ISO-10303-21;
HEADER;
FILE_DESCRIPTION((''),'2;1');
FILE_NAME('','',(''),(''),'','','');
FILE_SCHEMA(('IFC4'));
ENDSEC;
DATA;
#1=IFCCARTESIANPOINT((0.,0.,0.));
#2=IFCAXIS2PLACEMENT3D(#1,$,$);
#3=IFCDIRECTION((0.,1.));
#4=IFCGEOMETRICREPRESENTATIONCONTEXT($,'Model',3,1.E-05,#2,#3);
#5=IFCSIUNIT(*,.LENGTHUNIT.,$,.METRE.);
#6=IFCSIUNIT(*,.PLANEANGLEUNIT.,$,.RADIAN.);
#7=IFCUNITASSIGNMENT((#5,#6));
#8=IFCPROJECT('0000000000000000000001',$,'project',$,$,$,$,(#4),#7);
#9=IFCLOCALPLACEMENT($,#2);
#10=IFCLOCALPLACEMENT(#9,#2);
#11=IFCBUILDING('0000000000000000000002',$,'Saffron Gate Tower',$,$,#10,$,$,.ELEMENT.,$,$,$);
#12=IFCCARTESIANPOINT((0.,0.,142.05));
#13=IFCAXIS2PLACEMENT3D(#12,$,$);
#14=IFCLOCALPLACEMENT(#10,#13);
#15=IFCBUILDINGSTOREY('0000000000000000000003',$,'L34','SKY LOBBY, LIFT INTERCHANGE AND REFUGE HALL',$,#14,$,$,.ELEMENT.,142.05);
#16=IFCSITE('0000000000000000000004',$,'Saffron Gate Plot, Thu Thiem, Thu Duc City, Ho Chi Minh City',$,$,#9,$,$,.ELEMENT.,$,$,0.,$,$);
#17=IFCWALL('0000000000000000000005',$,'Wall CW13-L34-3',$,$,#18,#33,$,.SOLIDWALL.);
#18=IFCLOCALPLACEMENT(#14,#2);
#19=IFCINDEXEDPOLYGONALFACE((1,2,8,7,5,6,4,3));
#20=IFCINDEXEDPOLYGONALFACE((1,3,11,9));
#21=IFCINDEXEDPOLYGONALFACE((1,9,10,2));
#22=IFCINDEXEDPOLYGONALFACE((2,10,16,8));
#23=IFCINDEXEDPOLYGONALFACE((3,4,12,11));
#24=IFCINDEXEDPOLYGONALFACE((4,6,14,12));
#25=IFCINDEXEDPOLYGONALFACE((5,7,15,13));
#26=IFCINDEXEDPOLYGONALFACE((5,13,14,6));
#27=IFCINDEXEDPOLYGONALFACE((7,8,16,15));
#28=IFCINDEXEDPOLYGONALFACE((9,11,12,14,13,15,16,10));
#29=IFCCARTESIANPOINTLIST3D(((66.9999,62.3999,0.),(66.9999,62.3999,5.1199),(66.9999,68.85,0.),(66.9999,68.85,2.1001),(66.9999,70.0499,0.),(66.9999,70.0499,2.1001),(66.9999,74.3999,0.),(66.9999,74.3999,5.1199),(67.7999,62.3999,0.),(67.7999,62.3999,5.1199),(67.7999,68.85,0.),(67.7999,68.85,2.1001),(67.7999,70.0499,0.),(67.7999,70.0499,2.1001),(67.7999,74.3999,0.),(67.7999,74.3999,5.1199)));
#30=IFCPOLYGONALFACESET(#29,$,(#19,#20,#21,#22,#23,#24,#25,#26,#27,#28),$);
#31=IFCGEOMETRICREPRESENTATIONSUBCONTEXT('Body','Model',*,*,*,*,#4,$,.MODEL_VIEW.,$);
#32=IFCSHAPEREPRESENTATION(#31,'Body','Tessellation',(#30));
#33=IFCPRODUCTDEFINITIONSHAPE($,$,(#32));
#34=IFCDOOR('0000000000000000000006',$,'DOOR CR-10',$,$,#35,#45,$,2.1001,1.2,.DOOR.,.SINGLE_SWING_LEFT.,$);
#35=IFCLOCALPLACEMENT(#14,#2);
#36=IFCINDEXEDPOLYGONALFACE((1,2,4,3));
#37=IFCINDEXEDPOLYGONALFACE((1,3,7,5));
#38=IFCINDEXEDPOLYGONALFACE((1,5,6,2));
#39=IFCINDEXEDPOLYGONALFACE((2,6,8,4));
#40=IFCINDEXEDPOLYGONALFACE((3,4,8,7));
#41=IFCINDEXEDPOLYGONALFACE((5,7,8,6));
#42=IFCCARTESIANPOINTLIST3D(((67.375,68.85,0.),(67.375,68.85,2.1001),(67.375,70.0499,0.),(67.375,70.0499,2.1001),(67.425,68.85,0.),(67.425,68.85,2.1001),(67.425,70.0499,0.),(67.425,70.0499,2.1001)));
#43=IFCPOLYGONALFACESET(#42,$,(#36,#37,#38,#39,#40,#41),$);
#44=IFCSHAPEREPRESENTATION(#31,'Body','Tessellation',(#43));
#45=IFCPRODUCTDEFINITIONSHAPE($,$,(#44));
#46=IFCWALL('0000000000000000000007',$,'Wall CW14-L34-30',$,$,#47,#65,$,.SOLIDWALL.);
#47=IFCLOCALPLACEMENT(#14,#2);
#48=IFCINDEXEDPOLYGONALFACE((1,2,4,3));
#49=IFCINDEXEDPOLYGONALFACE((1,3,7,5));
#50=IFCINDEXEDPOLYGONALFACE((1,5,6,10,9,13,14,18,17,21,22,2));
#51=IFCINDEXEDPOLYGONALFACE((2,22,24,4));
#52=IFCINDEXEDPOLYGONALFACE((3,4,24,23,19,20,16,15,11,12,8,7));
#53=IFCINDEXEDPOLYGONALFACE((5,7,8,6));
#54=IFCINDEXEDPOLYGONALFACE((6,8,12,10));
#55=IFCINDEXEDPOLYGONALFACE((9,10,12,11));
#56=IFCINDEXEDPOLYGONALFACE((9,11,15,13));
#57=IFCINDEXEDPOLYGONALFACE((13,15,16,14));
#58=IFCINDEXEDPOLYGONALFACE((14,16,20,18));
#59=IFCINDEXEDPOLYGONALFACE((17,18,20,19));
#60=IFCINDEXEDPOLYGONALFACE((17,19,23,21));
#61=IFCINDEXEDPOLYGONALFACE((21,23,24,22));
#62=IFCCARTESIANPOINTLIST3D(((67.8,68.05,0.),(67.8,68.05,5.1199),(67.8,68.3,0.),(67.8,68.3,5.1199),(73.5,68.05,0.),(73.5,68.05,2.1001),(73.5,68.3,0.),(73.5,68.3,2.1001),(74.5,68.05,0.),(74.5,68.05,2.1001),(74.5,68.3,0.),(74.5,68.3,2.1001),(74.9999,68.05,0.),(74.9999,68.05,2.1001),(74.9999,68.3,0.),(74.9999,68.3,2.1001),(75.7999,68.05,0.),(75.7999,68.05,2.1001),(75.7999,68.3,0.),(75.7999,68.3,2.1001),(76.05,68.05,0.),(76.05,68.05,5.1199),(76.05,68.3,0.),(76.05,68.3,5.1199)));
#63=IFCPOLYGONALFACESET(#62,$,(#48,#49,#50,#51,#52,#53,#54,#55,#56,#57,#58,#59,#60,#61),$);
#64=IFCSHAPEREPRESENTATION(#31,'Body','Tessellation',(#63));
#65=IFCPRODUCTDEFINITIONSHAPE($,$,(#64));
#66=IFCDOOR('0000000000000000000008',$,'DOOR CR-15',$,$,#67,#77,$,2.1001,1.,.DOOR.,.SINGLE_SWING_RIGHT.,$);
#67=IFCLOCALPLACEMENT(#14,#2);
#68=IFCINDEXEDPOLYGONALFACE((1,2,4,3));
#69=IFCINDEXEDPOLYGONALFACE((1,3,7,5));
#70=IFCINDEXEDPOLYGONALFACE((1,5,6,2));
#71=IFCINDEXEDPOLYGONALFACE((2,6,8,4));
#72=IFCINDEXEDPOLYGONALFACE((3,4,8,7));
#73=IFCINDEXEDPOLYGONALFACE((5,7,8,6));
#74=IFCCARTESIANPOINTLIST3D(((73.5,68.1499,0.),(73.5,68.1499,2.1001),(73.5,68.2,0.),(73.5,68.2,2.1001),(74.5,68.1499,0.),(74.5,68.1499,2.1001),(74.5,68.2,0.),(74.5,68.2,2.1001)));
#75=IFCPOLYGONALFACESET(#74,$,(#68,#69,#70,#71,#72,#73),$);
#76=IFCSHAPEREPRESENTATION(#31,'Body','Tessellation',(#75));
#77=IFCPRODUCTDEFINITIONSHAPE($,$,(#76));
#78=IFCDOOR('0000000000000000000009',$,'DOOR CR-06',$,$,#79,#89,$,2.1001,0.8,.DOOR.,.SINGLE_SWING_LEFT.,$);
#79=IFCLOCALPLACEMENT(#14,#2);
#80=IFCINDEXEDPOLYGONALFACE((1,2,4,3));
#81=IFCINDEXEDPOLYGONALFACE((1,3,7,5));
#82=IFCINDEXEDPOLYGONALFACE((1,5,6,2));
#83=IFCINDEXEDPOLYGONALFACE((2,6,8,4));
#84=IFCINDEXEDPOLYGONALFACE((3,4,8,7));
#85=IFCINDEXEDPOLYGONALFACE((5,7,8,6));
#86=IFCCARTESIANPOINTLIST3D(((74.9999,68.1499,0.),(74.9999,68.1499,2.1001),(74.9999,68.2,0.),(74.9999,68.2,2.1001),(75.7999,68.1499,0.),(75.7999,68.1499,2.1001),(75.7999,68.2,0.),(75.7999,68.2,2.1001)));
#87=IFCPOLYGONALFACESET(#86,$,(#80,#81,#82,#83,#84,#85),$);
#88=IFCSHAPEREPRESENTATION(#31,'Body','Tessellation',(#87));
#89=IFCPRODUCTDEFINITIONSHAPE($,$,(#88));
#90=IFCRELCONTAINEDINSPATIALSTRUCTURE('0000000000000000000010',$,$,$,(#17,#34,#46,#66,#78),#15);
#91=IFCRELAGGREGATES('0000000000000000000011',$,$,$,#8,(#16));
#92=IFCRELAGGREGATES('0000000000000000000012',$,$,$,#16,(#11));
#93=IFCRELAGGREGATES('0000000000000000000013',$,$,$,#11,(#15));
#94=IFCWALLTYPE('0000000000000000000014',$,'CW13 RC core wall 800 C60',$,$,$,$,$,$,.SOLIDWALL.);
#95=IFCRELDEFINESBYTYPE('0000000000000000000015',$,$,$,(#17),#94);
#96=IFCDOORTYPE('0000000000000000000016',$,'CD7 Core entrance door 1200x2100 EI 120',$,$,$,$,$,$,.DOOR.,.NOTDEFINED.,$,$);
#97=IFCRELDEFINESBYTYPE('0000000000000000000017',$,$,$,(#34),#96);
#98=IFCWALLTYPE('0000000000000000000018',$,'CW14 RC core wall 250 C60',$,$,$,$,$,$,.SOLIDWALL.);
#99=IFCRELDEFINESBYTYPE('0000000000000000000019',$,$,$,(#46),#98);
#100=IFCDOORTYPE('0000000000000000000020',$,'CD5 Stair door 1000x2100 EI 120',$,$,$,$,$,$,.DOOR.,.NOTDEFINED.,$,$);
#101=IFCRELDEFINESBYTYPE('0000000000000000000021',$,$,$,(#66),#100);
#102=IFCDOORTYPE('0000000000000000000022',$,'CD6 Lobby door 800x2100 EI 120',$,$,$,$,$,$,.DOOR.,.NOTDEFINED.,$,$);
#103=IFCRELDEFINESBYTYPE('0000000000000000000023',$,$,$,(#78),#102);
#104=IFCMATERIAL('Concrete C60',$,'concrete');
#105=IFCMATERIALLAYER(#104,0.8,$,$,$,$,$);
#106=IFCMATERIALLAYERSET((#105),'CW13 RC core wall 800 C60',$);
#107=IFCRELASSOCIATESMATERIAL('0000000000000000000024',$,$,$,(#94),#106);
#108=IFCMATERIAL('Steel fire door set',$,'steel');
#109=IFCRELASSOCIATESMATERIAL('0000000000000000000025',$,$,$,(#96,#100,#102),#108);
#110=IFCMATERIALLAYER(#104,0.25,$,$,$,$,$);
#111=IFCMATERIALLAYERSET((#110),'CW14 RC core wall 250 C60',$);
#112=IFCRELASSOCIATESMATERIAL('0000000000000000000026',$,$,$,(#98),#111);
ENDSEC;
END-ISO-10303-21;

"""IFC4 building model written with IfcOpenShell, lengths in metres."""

from ifc_helpers import new_model, si_unit, direction, frame, frame_2d, origin, place, context, subcontext, project, spatial, rectangle, extrude, material, layer, layer_set, type_object, element, fill, save


model = new_model("IFC4")

# Units and contexts
model_context = context("Model", 3, precision=1e-05, world=origin(), true_north=direction((0.0, 1.0)))
body_context = subcontext(model_context, "Body", "Model", "MODEL_VIEW")
ifc_project = project(units=[si_unit("LENGTHUNIT", "METRE"), si_unit("PLANEANGLEUNIT", "RADIAN")], contexts=[model_context])

# Site, building, storey
site_placement = place(None, origin())
site = spatial("IfcSite", under=ifc_project, at=site_placement, Name="Saffron Gate Plot, Thu Thiem, Thu Duc City, Ho Chi Minh City", CompositionType="ELEMENT", RefElevation=0.0)
building_placement = place(site_placement, origin())
building = spatial("IfcBuilding", under=site, at=building_placement, Name="Saffron Gate Tower", CompositionType="ELEMENT")
storey_placement = place(building_placement, frame((0.0, 0.0, 142.05)))
storey = spatial("IfcBuildingStorey", under=building, at=storey_placement, Name="L34", Description="SKY LOBBY, LIFT INTERCHANGE AND REFUGE HALL", CompositionType="ELEMENT", Elevation=142.05)

# Wall, opening, door
ifc_material_1 = material(Name="Concrete C60", Category="concrete")
ifc_layer_1 = layer(ifc_material_1, 0.8)
ifc_layer_set_1 = layer_set([ifc_layer_1], Name="CW13 RC core wall 800 C60")
wall_type_1 = type_object("IfcWallType", Name="CW13 RC core wall 800 C60", PredefinedType="SOLIDWALL", material=ifc_layer_set_1)
wall_1_placement = place(storey_placement, frame((67.3999, 62.3999, 0.0), z_axis=(0.0, 0.0, 1.0), x_axis=(0.0, 1.0, 0.0)))
wall_1 = element("IfcWall", 1, at=wall_1_placement, inside=storey, type_object=wall_type_1, Name="Wall CW13-L34-3", PredefinedType="SOLIDWALL", context=body_context, shape_type="SweptSolid", body=[
    extrude(rectangle(XDim=12.0, YDim=0.8, at=frame_2d((6.0, 0.0))), origin(), (0.0, 0.0, 1.0), 5.1199),
])
opening_1_placement = place(wall_1_placement, frame((6.45, 0.0, 0.0)))
opening_1 = element("IfcOpeningElement", 2, at=opening_1_placement, cuts=wall_1, PredefinedType="OPENING", context=body_context, shape_type="SweptSolid", body=[
    extrude(rectangle(XDim=1.2, YDim=2.1001, at=frame_2d((0.6001, 1.05))), frame((0.0, 0.4102, 0.0), z_axis=(0.0, -1.0, 0.0), x_axis=(1.0, 0.0, 0.0)), (0.0, 0.0, 1.0), 0.8201),
])
ifc_material_2 = material(Name="Steel fire door set", Category="steel")
door_type_1 = type_object("IfcDoorType", Name="CD7 Core entrance door 1200x2100 EI 120", OperationType="NOTDEFINED", PredefinedType="DOOR", material=ifc_material_2)
door_1_placement = place(opening_1_placement, origin())
door_1 = element("IfcDoor", 3, at=door_1_placement, inside=storey, type_object=door_type_1, Name="DOOR CR-10", OperationType="SINGLE_SWING_LEFT", OverallHeight=2.1001, OverallWidth=1.2, PredefinedType="DOOR", context=body_context, shape_type="SweptSolid", body=[
    extrude(rectangle(XDim=1.2, YDim=2.1001, at=frame_2d((0.6001, 1.05))), frame((0.0, 0.0249, 0.0), z_axis=(0.0, -1.0, 0.0), x_axis=(1.0, 0.0, 0.0)), (0.0, 0.0, 1.0), 0.05),
])
fill(opening_1, door_1)

# Wall, openings, doors
ifc_layer_2 = layer(ifc_material_1, 0.25)
ifc_layer_set_2 = layer_set([ifc_layer_2], Name="CW14 RC core wall 250 C60")
wall_type_2 = type_object("IfcWallType", Name="CW14 RC core wall 250 C60", PredefinedType="SOLIDWALL", material=ifc_layer_set_2)
wall_2_placement = place(storey_placement, frame((67.8, 68.175, 0.0), z_axis=(0.0, 0.0, 1.0), x_axis=(1.0, 0.0, 0.0)))
wall_2 = element("IfcWall", 4, at=wall_2_placement, inside=storey, type_object=wall_type_2, Name="Wall CW14-L34-30", PredefinedType="SOLIDWALL", context=body_context, shape_type="SweptSolid", body=[
    extrude(rectangle(XDim=8.25, YDim=0.25, at=frame_2d((4.125, 0.0))), origin(), (0.0, 0.0, 1.0), 5.1199),
])
opening_2_placement = place(wall_2_placement, frame((5.7, 0.0, 0.0)))
opening_2 = element("IfcOpeningElement", 5, at=opening_2_placement, cuts=wall_2, PredefinedType="OPENING", context=body_context, shape_type="SweptSolid", body=[
    extrude(rectangle(XDim=1.0, YDim=2.1001, at=frame_2d((0.5, 1.05))), frame((0.0, 0.135, 0.0), z_axis=(0.0, -1.0, 0.0), x_axis=(1.0, 0.0, 0.0)), (0.0, 0.0, 1.0), 0.27),
])
opening_3_placement = place(wall_2_placement, frame((7.2, 0.0, 0.0)))
opening_3 = element("IfcOpeningElement", 6, at=opening_3_placement, cuts=wall_2, PredefinedType="OPENING", context=body_context, shape_type="SweptSolid", body=[
    extrude(rectangle(XDim=0.8, YDim=2.1001, at=frame_2d((0.3999, 1.05))), frame((0.0, 0.135, 0.0), z_axis=(0.0, -1.0, 0.0), x_axis=(1.0, 0.0, 0.0)), (0.0, 0.0, 1.0), 0.27),
])
door_type_2 = type_object("IfcDoorType", Name="CD5 Stair door 1000x2100 EI 120", OperationType="NOTDEFINED", PredefinedType="DOOR", material=ifc_material_2)
door_2_placement = place(opening_2_placement, origin())
door_2 = element("IfcDoor", 7, at=door_2_placement, inside=storey, type_object=door_type_2, Name="DOOR CR-15", OperationType="SINGLE_SWING_RIGHT", OverallHeight=2.1001, OverallWidth=1.0, PredefinedType="DOOR", context=body_context, shape_type="SweptSolid", body=[
    extrude(rectangle(XDim=1.0, YDim=2.1001, at=frame_2d((0.5, 1.05))), frame((0.0, 0.0249, 0.0), z_axis=(0.0, -1.0, 0.0), x_axis=(1.0, 0.0, 0.0)), (0.0, 0.0, 1.0), 0.05),
])
fill(opening_2, door_2)
door_type_3 = type_object("IfcDoorType", Name="CD6 Lobby door 800x2100 EI 120", OperationType="NOTDEFINED", PredefinedType="DOOR", material=ifc_material_2)
door_3_placement = place(opening_3_placement, origin())
door_3 = element("IfcDoor", 8, at=door_3_placement, inside=storey, type_object=door_type_3, Name="DOOR CR-06", OperationType="SINGLE_SWING_LEFT", OverallHeight=2.1001, OverallWidth=0.8, PredefinedType="DOOR", context=body_context, shape_type="SweptSolid", body=[
    extrude(rectangle(XDim=0.8, YDim=2.1001, at=frame_2d((0.3999, 1.05))), frame((0.0, 0.0249, 0.0), z_axis=(0.0, -1.0, 0.0), x_axis=(1.0, 0.0, 0.0)), (0.0, 0.0, 1.0), 0.05),
])
fill(opening_3, door_3)

save(model, "model.ifc")
